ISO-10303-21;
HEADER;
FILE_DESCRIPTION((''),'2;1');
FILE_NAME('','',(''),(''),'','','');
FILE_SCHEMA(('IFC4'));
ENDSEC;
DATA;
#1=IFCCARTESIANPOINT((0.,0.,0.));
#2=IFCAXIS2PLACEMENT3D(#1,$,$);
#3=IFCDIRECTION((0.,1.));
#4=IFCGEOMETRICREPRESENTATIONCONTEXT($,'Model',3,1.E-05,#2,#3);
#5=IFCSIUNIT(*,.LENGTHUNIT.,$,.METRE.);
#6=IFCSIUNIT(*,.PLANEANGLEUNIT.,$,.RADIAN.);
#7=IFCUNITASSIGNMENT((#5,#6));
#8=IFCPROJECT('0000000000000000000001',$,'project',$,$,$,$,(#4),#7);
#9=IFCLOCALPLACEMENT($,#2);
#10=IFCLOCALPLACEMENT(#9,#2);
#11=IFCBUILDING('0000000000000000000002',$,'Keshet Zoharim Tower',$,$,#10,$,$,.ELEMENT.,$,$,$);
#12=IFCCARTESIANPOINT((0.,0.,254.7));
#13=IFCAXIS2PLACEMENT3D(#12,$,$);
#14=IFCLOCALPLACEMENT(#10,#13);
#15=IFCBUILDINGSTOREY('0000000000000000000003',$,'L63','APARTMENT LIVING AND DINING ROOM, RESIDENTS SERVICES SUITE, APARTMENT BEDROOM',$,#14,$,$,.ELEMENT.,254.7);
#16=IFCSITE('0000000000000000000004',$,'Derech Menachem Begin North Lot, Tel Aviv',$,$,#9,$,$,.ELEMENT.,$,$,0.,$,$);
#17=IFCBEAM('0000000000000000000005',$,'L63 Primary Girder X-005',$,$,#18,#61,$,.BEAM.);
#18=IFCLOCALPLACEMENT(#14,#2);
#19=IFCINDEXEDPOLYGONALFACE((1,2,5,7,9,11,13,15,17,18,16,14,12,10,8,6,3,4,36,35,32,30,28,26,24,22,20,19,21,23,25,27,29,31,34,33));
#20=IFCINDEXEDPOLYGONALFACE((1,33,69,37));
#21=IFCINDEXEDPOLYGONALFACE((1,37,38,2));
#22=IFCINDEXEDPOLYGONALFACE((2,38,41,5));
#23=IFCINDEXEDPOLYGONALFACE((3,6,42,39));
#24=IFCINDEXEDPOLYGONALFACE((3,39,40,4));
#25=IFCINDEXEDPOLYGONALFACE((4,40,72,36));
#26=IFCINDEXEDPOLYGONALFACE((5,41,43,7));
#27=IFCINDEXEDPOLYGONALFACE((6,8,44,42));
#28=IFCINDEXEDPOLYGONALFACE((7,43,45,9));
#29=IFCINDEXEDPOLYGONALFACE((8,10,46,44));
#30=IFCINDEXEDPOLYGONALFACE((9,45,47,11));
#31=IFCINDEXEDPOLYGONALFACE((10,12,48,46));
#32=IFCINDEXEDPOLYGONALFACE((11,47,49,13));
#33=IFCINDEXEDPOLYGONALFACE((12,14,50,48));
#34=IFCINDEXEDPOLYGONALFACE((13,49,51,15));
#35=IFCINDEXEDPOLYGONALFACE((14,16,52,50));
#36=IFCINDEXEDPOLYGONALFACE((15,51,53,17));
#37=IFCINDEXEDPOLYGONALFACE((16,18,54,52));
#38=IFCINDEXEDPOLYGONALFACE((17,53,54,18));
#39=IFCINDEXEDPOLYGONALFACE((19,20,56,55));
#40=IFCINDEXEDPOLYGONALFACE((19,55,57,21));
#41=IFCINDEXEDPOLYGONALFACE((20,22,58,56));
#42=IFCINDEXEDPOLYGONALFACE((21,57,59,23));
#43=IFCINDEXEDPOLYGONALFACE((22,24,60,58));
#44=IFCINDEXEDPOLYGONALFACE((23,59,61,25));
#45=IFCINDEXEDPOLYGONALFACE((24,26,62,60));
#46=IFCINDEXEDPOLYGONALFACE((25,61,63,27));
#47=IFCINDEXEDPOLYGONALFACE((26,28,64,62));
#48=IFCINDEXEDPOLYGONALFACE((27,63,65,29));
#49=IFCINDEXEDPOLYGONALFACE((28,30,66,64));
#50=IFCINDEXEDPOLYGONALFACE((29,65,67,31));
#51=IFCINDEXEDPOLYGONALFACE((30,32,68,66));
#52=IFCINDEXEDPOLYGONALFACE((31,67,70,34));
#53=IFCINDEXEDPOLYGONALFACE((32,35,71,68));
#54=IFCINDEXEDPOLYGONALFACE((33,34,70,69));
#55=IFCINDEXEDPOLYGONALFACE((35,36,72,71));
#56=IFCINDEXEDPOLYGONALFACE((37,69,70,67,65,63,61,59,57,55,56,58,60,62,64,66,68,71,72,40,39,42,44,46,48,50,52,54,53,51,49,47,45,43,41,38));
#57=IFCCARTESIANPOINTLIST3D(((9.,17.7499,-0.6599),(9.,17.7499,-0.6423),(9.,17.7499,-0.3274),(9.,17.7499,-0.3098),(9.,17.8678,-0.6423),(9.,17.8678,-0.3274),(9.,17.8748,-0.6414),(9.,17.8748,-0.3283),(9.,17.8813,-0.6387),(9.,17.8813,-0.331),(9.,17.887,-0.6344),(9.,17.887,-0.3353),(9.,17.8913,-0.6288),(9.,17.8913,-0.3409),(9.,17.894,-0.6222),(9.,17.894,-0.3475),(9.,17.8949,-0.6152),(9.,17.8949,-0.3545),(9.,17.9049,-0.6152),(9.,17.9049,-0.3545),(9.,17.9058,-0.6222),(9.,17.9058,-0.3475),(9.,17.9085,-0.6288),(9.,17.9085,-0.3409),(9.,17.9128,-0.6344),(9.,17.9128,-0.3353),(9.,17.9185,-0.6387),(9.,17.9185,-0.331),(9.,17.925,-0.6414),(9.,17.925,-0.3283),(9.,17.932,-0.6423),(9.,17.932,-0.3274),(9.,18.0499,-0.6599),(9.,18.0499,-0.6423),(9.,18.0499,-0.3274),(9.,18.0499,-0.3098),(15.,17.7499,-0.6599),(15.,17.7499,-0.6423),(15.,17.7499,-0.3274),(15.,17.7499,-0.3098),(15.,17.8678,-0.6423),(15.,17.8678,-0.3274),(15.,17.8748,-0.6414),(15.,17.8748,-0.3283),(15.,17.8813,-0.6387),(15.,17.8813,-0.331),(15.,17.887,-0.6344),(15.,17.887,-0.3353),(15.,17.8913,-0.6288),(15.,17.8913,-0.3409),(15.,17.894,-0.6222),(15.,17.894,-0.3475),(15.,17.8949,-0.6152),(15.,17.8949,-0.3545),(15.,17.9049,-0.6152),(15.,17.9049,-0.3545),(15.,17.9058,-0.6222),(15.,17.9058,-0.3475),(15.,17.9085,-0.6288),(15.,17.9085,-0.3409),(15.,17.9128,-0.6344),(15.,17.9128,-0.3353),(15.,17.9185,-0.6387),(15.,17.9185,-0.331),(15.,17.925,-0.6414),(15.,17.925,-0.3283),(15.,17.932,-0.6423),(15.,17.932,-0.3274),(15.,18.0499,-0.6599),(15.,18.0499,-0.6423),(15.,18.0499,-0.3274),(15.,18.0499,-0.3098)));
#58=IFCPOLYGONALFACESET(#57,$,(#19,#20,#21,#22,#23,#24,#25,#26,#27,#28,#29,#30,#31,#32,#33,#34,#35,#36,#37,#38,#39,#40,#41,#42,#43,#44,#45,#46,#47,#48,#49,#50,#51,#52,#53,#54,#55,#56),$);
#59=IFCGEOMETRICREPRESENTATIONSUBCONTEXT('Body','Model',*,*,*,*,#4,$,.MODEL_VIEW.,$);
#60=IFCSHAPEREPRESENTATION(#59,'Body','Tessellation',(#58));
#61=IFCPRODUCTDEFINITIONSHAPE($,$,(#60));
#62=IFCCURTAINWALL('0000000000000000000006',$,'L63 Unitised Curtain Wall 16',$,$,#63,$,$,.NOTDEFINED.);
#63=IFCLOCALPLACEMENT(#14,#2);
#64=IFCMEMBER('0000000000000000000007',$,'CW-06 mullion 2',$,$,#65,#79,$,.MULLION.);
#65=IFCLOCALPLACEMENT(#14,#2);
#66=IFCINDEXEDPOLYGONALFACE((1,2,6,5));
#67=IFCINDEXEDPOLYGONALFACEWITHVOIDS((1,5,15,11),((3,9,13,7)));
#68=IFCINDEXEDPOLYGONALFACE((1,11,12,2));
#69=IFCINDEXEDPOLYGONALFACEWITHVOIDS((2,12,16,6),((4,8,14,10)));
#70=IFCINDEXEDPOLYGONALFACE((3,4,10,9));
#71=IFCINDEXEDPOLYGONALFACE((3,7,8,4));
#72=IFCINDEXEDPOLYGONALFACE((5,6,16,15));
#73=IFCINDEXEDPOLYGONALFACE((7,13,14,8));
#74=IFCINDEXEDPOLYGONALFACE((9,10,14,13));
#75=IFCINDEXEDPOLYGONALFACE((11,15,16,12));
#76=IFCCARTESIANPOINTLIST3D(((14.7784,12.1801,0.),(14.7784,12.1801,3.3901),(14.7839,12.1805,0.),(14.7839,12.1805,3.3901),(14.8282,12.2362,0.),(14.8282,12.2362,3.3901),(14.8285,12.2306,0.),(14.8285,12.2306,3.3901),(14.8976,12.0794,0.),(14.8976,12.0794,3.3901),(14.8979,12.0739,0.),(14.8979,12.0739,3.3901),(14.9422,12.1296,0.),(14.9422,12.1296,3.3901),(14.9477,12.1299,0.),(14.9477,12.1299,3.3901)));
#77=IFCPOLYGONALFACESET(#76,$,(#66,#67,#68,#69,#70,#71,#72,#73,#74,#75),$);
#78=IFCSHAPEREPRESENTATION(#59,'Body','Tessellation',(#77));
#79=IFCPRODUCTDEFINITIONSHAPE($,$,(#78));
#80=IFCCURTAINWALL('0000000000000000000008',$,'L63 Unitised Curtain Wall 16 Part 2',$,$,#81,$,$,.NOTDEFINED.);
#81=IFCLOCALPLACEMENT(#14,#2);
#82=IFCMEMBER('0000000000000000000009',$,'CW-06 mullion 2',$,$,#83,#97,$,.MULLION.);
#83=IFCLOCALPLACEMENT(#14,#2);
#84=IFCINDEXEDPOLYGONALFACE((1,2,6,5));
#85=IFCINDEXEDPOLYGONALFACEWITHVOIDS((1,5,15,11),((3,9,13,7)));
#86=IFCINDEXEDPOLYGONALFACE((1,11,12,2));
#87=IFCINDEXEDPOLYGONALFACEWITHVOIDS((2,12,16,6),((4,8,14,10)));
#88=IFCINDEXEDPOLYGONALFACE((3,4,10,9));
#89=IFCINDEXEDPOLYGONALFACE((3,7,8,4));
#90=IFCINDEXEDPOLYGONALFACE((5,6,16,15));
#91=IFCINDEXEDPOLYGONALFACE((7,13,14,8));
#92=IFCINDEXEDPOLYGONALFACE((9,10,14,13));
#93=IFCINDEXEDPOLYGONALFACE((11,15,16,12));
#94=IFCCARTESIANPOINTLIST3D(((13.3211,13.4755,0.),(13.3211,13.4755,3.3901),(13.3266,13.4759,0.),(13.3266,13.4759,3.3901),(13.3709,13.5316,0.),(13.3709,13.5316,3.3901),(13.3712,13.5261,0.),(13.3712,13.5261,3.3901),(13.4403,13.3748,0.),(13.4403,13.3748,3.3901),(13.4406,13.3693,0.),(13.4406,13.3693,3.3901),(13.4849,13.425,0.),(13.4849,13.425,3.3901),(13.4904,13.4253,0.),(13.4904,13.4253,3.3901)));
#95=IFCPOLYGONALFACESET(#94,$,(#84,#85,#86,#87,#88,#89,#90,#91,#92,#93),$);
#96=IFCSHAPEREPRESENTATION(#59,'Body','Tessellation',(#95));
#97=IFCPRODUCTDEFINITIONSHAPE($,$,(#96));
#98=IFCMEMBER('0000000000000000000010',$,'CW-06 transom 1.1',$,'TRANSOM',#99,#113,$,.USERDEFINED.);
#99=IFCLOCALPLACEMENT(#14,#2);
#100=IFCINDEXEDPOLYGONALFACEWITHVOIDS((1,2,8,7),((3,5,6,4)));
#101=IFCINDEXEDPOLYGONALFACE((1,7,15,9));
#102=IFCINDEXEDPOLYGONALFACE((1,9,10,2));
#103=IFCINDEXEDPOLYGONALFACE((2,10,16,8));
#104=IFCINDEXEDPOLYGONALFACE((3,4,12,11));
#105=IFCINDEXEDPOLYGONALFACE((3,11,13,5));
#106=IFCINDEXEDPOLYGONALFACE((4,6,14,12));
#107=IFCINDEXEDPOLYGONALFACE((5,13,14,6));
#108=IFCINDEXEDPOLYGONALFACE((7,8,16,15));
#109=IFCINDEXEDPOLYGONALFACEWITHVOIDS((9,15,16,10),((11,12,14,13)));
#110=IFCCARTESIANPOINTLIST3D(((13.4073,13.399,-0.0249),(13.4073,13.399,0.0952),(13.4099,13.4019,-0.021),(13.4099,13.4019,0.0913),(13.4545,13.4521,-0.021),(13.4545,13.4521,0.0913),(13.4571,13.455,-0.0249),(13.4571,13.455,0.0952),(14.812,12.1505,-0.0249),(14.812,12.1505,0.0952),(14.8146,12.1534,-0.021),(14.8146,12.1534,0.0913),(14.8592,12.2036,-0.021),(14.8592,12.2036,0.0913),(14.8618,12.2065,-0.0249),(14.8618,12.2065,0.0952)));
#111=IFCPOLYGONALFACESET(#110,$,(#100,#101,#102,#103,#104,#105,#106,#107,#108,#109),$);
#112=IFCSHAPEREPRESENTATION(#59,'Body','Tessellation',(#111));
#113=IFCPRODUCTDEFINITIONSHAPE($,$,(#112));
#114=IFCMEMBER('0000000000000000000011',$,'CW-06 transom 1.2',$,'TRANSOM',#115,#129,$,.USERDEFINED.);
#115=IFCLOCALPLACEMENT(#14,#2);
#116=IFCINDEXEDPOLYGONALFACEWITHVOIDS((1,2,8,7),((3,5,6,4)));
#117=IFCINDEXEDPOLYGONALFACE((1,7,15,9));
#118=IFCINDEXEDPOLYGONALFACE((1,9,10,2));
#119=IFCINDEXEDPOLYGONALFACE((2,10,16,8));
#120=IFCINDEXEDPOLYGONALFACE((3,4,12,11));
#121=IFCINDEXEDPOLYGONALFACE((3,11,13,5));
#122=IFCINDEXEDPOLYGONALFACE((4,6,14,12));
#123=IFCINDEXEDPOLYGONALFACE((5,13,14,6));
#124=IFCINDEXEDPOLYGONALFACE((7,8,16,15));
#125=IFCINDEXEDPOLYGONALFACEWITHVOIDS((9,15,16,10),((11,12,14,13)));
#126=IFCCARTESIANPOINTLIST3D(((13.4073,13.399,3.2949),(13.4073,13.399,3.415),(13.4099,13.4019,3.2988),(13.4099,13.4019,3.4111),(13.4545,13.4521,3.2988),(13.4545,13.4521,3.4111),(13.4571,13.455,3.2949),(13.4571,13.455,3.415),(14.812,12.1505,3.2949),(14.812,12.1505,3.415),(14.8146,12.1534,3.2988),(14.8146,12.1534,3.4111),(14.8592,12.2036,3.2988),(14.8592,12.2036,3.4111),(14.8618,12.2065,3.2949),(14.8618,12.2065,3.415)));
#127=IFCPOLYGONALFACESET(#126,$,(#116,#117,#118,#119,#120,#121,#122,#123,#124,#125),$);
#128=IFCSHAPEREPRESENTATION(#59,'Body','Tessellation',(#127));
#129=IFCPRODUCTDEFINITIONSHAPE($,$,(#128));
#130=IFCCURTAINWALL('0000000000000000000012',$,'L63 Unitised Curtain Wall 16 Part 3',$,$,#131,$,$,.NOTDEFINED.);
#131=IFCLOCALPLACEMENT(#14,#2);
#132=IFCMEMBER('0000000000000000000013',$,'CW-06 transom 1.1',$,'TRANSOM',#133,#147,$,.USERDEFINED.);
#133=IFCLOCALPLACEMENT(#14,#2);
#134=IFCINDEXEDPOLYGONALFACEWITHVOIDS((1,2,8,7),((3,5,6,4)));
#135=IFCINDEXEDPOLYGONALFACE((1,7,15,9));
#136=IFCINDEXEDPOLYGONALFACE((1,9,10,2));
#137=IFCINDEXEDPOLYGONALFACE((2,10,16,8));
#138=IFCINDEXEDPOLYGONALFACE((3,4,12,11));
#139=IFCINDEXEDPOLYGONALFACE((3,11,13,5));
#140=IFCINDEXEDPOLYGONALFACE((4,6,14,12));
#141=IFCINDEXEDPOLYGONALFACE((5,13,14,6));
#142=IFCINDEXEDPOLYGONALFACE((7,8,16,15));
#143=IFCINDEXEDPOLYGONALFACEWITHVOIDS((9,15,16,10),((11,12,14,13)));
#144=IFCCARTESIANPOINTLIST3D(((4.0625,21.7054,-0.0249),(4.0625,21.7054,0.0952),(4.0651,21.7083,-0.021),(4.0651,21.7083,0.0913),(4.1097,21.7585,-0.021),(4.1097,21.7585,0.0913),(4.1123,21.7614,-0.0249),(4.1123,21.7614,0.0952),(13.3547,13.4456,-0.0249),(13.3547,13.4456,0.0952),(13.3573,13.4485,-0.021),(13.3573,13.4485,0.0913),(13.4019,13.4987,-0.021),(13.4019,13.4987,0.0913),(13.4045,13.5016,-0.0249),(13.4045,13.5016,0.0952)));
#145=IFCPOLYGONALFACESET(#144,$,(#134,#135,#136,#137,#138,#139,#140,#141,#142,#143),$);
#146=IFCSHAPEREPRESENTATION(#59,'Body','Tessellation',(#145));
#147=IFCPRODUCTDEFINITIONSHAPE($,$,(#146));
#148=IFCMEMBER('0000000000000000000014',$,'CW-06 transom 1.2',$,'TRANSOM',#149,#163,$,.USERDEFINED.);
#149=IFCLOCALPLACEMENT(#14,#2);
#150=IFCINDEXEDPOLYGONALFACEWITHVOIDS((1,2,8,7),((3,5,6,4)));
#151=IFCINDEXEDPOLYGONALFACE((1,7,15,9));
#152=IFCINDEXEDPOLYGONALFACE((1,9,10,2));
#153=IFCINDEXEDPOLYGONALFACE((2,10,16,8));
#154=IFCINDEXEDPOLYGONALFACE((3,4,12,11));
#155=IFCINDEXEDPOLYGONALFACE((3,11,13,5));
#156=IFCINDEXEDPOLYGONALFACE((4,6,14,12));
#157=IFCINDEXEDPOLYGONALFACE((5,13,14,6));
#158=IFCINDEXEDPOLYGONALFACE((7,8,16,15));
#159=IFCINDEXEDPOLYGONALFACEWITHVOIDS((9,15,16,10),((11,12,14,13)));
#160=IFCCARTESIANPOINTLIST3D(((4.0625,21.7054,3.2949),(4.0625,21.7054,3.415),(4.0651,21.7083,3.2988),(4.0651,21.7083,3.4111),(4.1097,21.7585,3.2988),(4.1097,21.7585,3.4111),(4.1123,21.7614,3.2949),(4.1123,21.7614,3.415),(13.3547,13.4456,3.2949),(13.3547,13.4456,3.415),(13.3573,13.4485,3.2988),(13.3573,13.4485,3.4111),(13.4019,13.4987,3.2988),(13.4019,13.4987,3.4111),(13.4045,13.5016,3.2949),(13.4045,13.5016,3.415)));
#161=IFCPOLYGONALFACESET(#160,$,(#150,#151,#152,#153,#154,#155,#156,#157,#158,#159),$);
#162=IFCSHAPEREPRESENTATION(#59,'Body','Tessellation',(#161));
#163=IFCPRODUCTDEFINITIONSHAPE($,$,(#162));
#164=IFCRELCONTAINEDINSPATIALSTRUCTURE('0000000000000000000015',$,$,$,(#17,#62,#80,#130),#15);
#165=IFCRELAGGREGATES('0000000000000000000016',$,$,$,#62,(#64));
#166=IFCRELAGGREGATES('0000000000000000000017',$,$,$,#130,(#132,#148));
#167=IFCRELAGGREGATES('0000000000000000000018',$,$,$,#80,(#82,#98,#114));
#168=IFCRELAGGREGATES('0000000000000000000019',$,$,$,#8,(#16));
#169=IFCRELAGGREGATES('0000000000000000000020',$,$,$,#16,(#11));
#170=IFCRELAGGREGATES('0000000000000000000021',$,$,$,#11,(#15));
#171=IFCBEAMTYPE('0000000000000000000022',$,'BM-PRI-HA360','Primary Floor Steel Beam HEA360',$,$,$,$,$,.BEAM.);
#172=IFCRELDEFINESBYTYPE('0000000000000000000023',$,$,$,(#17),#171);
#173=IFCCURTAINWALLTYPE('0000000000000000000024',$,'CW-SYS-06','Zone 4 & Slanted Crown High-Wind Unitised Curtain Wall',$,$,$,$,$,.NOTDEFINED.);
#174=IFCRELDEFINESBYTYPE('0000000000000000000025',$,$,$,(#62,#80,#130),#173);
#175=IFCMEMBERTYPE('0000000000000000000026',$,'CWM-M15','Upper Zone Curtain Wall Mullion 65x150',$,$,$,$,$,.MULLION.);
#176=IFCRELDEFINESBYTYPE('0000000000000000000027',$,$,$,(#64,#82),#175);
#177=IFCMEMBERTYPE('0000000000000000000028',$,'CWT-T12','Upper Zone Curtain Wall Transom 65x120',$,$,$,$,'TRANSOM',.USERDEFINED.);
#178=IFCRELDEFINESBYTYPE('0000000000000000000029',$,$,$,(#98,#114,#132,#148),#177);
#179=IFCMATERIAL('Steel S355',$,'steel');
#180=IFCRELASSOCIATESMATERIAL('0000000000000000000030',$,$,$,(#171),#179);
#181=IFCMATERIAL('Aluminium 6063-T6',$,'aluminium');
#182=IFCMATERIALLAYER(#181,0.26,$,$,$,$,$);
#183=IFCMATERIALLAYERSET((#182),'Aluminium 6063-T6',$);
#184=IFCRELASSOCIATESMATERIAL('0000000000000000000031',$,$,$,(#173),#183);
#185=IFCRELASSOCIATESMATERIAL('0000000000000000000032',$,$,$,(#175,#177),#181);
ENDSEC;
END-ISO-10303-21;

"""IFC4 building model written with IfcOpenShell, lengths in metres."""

from ifc_helpers import new_model, si_unit, direction, frame, origin, origin_2d, place, context, subcontext, project, spatial, hollow_rectangle, i_section, extrude, material, layer, layer_set, material_profile, profile_set, type_object, element, aggregate, save


model = new_model("IFC4")

# Units and contexts
model_context = context("Model", 3, precision=1e-05, world=origin(), true_north=direction((0.0, 1.0)))
body_context = subcontext(model_context, "Body", "Model", "MODEL_VIEW")
ifc_project = project(units=[si_unit("LENGTHUNIT", "METRE"), si_unit("PLANEANGLEUNIT", "RADIAN")], contexts=[model_context])

# Site, building, storey
site_placement = place(None, origin())
site = spatial("IfcSite", under=ifc_project, at=site_placement, Name="Derech Menachem Begin North Lot, Tel Aviv", CompositionType="ELEMENT", RefElevation=0.0)
building_placement = place(site_placement, origin())
building = spatial("IfcBuilding", under=site, at=building_placement, Name="Keshet Zoharim Tower", CompositionType="ELEMENT")
storey_placement = place(building_placement, frame((0.0, 0.0, 254.7)))
storey = spatial("IfcBuildingStorey", under=building, at=storey_placement, Name="L63", Description="APARTMENT LIVING AND DINING ROOM, RESIDENTS SERVICES SUITE, APARTMENT BEDROOM", CompositionType="ELEMENT", Elevation=254.7)

# Shared definitions
ifc_material_1 = material(Name="Steel S355", Category="steel")

# Beam
ifc_material_profile_1 = material_profile(ifc_material_1, i_section(OverallWidth=0.3, OverallDepth=0.3501, WebThickness=0.01, FlangeThickness=0.0176, FilletRadius=0.0271, at=origin_2d()), Name="HEA360")
ifc_profile_set_1 = profile_set([ifc_material_profile_1], Name="Steel S355")
beam_type_1 = type_object("IfcBeamType", Name="BM-PRI-HA360", Description="Primary Floor Steel Beam HEA360", PredefinedType="BEAM", material=ifc_profile_set_1)
beam_1_placement = place(storey_placement, frame((9.0, 17.8999, -0.4849), z_axis=(1.0, 0.0, 0.0), x_axis=(0.0, 1.0, 0.0)))
element("IfcBeam", 1, at=beam_1_placement, inside=storey, type_object=beam_type_1, Name="L63 Primary Girder X-005", PredefinedType="BEAM", context=body_context, shape_type="SweptSolid", body=[
    extrude(i_section(OverallWidth=0.3, OverallDepth=0.3501, WebThickness=0.01, FlangeThickness=0.0176, FilletRadius=0.0271, at=origin_2d()), origin(), (0.0, 0.0, 1.0), 6.0),
])

# Curtain wall, member
ifc_material_2 = material(Name="Aluminium 6063-T6", Category="aluminium")
ifc_layer_1 = layer(ifc_material_2, 0.26)
ifc_layer_set_1 = layer_set([ifc_layer_1], Name="Aluminium 6063-T6")
curtain_wall_type = type_object("IfcCurtainWallType", Name="CW-SYS-06", Description="Zone 4 & Slanted Crown High-Wind Unitised Curtain Wall", PredefinedType="NOTDEFINED", material=ifc_layer_set_1)
curtain_wall_1_placement = place(storey_placement, origin())
curtain_wall_1 = element("IfcCurtainWall", 2, at=curtain_wall_1_placement, inside=storey, type_object=curtain_wall_type, Name="L63 Unitised Curtain Wall 16", PredefinedType="NOTDEFINED")
ifc_material_profile_2 = material_profile(ifc_material_2, hollow_rectangle(XDim=0.075, YDim=0.1599, WallThickness=0.0039, at=origin_2d()), Name="MUL-75x160")
ifc_profile_set_2 = profile_set([ifc_material_profile_2], Name="Aluminium 6063-T6")
member_type_1 = type_object("IfcMemberType", Name="CWM-M15", Description="Upper Zone Curtain Wall Mullion 65x150", PredefinedType="MULLION", material=ifc_profile_set_2)
member_1_placement = place(storey_placement, frame((14.863, 12.155, 0.0), z_axis=(0.0, 0.0, 1.0), x_axis=(-0.664362, -0.747411, 0.0)))
member_1 = element("IfcMember", 3, at=member_1_placement, type_object=member_type_1, Name="CW-06 mullion 2", PredefinedType="MULLION", context=body_context, shape_type="SweptSolid", body=[
    extrude(hollow_rectangle(XDim=0.075, YDim=0.1599, WallThickness=0.0039, at=origin_2d()), origin(), (0.0, 0.0, 1.0), 3.3901),
])
aggregate(curtain_wall_1, [member_1])

# Curtain walls, members
curtain_wall_2_placement = place(storey_placement, origin())
curtain_wall_2 = element("IfcCurtainWall", 4, at=curtain_wall_2_placement, inside=storey, type_object=curtain_wall_type, Name="L63 Unitised Curtain Wall 16 Part 2", PredefinedType="NOTDEFINED")
member_2_placement = place(storey_placement, frame((13.4058, 13.4504, 0.0), z_axis=(0.0, 0.0, 1.0), x_axis=(-0.664338, -0.747432, 0.0)))
member_2 = element("IfcMember", 5, at=member_2_placement, type_object=member_type_1, Name="CW-06 mullion 2", PredefinedType="MULLION", context=body_context, shape_type="SweptSolid", body=[
    extrude(hollow_rectangle(XDim=0.075, YDim=0.1599, WallThickness=0.0039, at=origin_2d()), origin(), (0.0, 0.0, 1.0), 3.3901),
])
ifc_material_profile_3 = material_profile(ifc_material_2, hollow_rectangle(XDim=0.075, YDim=0.1201, WallThickness=0.0039, at=origin_2d()), Name="TRN-75x120")
ifc_profile_set_3 = profile_set([ifc_material_profile_3], Name="Aluminium 6063-T6")
member_type_2 = type_object("IfcMemberType", Name="CWT-T12", Description="Upper Zone Curtain Wall Transom 65x120", ElementType="TRANSOM", PredefinedType="USERDEFINED", material=ifc_profile_set_3)
member_3_placement = place(storey_placement, frame((14.8369, 12.1785, 0.0352), z_axis=(-0.747452, 0.664315, 0.0), x_axis=(-0.664315, -0.747452, 0.0)))
member_3 = element("IfcMember", 6, at=member_3_placement, type_object=member_type_2, Name="CW-06 transom 1.1", ObjectType="TRANSOM", PredefinedType="USERDEFINED", context=body_context, shape_type="SweptSolid", body=[
    extrude(hollow_rectangle(XDim=0.075, YDim=0.1201, WallThickness=0.0039, at=origin_2d()), origin(), (0.0, 0.0, 1.0), 1.8794),
])
member_4_placement = place(storey_placement, frame((14.8369, 12.1785, 3.355), z_axis=(-0.747452, 0.664315, 0.0), x_axis=(-0.664315, -0.747452, 0.0)))
member_4 = element("IfcMember", 7, at=member_4_placement, type_object=member_type_2, Name="CW-06 transom 1.2", ObjectType="TRANSOM", PredefinedType="USERDEFINED", context=body_context, shape_type="SweptSolid", body=[
    extrude(hollow_rectangle(XDim=0.075, YDim=0.1201, WallThickness=0.0039, at=origin_2d()), origin(), (0.0, 0.0, 1.0), 1.8794),
])
curtain_wall_3_placement = place(storey_placement, origin())
curtain_wall_3 = element("IfcCurtainWall", 8, at=curtain_wall_3_placement, inside=storey, type_object=curtain_wall_type, Name="L63 Unitised Curtain Wall 16 Part 3", PredefinedType="NOTDEFINED")
member_5_placement = place(storey_placement, frame((13.3796, 13.4736, 0.0352), z_axis=(-0.747409, 0.664364, 0.0), x_axis=(-0.664364, -0.747409, 0.0)))
member_5 = element("IfcMember", 9, at=member_5_placement, type_object=member_type_2, Name="CW-06 transom 1.1", ObjectType="TRANSOM", PredefinedType="USERDEFINED", context=body_context, shape_type="SweptSolid", body=[
    extrude(hollow_rectangle(XDim=0.075, YDim=0.1201, WallThickness=0.0039, at=origin_2d()), origin(), (0.0, 0.0, 1.0), 12.4326),
])
member_6_placement = place(storey_placement, frame((13.3796, 13.4736, 3.355), z_axis=(-0.747409, 0.664364, 0.0), x_axis=(-0.664364, -0.747409, 0.0)))
member_6 = element("IfcMember", 10, at=member_6_placement, type_object=member_type_2, Name="CW-06 transom 1.2", ObjectType="TRANSOM", PredefinedType="USERDEFINED", context=body_context, shape_type="SweptSolid", body=[
    extrude(hollow_rectangle(XDim=0.075, YDim=0.1201, WallThickness=0.0039, at=origin_2d()), origin(), (0.0, 0.0, 1.0), 12.4326),
])

aggregate(curtain_wall_3, [member_5, member_6])
aggregate(curtain_wall_2, [member_2, member_3, member_4])

save(model, "model.ifc")
